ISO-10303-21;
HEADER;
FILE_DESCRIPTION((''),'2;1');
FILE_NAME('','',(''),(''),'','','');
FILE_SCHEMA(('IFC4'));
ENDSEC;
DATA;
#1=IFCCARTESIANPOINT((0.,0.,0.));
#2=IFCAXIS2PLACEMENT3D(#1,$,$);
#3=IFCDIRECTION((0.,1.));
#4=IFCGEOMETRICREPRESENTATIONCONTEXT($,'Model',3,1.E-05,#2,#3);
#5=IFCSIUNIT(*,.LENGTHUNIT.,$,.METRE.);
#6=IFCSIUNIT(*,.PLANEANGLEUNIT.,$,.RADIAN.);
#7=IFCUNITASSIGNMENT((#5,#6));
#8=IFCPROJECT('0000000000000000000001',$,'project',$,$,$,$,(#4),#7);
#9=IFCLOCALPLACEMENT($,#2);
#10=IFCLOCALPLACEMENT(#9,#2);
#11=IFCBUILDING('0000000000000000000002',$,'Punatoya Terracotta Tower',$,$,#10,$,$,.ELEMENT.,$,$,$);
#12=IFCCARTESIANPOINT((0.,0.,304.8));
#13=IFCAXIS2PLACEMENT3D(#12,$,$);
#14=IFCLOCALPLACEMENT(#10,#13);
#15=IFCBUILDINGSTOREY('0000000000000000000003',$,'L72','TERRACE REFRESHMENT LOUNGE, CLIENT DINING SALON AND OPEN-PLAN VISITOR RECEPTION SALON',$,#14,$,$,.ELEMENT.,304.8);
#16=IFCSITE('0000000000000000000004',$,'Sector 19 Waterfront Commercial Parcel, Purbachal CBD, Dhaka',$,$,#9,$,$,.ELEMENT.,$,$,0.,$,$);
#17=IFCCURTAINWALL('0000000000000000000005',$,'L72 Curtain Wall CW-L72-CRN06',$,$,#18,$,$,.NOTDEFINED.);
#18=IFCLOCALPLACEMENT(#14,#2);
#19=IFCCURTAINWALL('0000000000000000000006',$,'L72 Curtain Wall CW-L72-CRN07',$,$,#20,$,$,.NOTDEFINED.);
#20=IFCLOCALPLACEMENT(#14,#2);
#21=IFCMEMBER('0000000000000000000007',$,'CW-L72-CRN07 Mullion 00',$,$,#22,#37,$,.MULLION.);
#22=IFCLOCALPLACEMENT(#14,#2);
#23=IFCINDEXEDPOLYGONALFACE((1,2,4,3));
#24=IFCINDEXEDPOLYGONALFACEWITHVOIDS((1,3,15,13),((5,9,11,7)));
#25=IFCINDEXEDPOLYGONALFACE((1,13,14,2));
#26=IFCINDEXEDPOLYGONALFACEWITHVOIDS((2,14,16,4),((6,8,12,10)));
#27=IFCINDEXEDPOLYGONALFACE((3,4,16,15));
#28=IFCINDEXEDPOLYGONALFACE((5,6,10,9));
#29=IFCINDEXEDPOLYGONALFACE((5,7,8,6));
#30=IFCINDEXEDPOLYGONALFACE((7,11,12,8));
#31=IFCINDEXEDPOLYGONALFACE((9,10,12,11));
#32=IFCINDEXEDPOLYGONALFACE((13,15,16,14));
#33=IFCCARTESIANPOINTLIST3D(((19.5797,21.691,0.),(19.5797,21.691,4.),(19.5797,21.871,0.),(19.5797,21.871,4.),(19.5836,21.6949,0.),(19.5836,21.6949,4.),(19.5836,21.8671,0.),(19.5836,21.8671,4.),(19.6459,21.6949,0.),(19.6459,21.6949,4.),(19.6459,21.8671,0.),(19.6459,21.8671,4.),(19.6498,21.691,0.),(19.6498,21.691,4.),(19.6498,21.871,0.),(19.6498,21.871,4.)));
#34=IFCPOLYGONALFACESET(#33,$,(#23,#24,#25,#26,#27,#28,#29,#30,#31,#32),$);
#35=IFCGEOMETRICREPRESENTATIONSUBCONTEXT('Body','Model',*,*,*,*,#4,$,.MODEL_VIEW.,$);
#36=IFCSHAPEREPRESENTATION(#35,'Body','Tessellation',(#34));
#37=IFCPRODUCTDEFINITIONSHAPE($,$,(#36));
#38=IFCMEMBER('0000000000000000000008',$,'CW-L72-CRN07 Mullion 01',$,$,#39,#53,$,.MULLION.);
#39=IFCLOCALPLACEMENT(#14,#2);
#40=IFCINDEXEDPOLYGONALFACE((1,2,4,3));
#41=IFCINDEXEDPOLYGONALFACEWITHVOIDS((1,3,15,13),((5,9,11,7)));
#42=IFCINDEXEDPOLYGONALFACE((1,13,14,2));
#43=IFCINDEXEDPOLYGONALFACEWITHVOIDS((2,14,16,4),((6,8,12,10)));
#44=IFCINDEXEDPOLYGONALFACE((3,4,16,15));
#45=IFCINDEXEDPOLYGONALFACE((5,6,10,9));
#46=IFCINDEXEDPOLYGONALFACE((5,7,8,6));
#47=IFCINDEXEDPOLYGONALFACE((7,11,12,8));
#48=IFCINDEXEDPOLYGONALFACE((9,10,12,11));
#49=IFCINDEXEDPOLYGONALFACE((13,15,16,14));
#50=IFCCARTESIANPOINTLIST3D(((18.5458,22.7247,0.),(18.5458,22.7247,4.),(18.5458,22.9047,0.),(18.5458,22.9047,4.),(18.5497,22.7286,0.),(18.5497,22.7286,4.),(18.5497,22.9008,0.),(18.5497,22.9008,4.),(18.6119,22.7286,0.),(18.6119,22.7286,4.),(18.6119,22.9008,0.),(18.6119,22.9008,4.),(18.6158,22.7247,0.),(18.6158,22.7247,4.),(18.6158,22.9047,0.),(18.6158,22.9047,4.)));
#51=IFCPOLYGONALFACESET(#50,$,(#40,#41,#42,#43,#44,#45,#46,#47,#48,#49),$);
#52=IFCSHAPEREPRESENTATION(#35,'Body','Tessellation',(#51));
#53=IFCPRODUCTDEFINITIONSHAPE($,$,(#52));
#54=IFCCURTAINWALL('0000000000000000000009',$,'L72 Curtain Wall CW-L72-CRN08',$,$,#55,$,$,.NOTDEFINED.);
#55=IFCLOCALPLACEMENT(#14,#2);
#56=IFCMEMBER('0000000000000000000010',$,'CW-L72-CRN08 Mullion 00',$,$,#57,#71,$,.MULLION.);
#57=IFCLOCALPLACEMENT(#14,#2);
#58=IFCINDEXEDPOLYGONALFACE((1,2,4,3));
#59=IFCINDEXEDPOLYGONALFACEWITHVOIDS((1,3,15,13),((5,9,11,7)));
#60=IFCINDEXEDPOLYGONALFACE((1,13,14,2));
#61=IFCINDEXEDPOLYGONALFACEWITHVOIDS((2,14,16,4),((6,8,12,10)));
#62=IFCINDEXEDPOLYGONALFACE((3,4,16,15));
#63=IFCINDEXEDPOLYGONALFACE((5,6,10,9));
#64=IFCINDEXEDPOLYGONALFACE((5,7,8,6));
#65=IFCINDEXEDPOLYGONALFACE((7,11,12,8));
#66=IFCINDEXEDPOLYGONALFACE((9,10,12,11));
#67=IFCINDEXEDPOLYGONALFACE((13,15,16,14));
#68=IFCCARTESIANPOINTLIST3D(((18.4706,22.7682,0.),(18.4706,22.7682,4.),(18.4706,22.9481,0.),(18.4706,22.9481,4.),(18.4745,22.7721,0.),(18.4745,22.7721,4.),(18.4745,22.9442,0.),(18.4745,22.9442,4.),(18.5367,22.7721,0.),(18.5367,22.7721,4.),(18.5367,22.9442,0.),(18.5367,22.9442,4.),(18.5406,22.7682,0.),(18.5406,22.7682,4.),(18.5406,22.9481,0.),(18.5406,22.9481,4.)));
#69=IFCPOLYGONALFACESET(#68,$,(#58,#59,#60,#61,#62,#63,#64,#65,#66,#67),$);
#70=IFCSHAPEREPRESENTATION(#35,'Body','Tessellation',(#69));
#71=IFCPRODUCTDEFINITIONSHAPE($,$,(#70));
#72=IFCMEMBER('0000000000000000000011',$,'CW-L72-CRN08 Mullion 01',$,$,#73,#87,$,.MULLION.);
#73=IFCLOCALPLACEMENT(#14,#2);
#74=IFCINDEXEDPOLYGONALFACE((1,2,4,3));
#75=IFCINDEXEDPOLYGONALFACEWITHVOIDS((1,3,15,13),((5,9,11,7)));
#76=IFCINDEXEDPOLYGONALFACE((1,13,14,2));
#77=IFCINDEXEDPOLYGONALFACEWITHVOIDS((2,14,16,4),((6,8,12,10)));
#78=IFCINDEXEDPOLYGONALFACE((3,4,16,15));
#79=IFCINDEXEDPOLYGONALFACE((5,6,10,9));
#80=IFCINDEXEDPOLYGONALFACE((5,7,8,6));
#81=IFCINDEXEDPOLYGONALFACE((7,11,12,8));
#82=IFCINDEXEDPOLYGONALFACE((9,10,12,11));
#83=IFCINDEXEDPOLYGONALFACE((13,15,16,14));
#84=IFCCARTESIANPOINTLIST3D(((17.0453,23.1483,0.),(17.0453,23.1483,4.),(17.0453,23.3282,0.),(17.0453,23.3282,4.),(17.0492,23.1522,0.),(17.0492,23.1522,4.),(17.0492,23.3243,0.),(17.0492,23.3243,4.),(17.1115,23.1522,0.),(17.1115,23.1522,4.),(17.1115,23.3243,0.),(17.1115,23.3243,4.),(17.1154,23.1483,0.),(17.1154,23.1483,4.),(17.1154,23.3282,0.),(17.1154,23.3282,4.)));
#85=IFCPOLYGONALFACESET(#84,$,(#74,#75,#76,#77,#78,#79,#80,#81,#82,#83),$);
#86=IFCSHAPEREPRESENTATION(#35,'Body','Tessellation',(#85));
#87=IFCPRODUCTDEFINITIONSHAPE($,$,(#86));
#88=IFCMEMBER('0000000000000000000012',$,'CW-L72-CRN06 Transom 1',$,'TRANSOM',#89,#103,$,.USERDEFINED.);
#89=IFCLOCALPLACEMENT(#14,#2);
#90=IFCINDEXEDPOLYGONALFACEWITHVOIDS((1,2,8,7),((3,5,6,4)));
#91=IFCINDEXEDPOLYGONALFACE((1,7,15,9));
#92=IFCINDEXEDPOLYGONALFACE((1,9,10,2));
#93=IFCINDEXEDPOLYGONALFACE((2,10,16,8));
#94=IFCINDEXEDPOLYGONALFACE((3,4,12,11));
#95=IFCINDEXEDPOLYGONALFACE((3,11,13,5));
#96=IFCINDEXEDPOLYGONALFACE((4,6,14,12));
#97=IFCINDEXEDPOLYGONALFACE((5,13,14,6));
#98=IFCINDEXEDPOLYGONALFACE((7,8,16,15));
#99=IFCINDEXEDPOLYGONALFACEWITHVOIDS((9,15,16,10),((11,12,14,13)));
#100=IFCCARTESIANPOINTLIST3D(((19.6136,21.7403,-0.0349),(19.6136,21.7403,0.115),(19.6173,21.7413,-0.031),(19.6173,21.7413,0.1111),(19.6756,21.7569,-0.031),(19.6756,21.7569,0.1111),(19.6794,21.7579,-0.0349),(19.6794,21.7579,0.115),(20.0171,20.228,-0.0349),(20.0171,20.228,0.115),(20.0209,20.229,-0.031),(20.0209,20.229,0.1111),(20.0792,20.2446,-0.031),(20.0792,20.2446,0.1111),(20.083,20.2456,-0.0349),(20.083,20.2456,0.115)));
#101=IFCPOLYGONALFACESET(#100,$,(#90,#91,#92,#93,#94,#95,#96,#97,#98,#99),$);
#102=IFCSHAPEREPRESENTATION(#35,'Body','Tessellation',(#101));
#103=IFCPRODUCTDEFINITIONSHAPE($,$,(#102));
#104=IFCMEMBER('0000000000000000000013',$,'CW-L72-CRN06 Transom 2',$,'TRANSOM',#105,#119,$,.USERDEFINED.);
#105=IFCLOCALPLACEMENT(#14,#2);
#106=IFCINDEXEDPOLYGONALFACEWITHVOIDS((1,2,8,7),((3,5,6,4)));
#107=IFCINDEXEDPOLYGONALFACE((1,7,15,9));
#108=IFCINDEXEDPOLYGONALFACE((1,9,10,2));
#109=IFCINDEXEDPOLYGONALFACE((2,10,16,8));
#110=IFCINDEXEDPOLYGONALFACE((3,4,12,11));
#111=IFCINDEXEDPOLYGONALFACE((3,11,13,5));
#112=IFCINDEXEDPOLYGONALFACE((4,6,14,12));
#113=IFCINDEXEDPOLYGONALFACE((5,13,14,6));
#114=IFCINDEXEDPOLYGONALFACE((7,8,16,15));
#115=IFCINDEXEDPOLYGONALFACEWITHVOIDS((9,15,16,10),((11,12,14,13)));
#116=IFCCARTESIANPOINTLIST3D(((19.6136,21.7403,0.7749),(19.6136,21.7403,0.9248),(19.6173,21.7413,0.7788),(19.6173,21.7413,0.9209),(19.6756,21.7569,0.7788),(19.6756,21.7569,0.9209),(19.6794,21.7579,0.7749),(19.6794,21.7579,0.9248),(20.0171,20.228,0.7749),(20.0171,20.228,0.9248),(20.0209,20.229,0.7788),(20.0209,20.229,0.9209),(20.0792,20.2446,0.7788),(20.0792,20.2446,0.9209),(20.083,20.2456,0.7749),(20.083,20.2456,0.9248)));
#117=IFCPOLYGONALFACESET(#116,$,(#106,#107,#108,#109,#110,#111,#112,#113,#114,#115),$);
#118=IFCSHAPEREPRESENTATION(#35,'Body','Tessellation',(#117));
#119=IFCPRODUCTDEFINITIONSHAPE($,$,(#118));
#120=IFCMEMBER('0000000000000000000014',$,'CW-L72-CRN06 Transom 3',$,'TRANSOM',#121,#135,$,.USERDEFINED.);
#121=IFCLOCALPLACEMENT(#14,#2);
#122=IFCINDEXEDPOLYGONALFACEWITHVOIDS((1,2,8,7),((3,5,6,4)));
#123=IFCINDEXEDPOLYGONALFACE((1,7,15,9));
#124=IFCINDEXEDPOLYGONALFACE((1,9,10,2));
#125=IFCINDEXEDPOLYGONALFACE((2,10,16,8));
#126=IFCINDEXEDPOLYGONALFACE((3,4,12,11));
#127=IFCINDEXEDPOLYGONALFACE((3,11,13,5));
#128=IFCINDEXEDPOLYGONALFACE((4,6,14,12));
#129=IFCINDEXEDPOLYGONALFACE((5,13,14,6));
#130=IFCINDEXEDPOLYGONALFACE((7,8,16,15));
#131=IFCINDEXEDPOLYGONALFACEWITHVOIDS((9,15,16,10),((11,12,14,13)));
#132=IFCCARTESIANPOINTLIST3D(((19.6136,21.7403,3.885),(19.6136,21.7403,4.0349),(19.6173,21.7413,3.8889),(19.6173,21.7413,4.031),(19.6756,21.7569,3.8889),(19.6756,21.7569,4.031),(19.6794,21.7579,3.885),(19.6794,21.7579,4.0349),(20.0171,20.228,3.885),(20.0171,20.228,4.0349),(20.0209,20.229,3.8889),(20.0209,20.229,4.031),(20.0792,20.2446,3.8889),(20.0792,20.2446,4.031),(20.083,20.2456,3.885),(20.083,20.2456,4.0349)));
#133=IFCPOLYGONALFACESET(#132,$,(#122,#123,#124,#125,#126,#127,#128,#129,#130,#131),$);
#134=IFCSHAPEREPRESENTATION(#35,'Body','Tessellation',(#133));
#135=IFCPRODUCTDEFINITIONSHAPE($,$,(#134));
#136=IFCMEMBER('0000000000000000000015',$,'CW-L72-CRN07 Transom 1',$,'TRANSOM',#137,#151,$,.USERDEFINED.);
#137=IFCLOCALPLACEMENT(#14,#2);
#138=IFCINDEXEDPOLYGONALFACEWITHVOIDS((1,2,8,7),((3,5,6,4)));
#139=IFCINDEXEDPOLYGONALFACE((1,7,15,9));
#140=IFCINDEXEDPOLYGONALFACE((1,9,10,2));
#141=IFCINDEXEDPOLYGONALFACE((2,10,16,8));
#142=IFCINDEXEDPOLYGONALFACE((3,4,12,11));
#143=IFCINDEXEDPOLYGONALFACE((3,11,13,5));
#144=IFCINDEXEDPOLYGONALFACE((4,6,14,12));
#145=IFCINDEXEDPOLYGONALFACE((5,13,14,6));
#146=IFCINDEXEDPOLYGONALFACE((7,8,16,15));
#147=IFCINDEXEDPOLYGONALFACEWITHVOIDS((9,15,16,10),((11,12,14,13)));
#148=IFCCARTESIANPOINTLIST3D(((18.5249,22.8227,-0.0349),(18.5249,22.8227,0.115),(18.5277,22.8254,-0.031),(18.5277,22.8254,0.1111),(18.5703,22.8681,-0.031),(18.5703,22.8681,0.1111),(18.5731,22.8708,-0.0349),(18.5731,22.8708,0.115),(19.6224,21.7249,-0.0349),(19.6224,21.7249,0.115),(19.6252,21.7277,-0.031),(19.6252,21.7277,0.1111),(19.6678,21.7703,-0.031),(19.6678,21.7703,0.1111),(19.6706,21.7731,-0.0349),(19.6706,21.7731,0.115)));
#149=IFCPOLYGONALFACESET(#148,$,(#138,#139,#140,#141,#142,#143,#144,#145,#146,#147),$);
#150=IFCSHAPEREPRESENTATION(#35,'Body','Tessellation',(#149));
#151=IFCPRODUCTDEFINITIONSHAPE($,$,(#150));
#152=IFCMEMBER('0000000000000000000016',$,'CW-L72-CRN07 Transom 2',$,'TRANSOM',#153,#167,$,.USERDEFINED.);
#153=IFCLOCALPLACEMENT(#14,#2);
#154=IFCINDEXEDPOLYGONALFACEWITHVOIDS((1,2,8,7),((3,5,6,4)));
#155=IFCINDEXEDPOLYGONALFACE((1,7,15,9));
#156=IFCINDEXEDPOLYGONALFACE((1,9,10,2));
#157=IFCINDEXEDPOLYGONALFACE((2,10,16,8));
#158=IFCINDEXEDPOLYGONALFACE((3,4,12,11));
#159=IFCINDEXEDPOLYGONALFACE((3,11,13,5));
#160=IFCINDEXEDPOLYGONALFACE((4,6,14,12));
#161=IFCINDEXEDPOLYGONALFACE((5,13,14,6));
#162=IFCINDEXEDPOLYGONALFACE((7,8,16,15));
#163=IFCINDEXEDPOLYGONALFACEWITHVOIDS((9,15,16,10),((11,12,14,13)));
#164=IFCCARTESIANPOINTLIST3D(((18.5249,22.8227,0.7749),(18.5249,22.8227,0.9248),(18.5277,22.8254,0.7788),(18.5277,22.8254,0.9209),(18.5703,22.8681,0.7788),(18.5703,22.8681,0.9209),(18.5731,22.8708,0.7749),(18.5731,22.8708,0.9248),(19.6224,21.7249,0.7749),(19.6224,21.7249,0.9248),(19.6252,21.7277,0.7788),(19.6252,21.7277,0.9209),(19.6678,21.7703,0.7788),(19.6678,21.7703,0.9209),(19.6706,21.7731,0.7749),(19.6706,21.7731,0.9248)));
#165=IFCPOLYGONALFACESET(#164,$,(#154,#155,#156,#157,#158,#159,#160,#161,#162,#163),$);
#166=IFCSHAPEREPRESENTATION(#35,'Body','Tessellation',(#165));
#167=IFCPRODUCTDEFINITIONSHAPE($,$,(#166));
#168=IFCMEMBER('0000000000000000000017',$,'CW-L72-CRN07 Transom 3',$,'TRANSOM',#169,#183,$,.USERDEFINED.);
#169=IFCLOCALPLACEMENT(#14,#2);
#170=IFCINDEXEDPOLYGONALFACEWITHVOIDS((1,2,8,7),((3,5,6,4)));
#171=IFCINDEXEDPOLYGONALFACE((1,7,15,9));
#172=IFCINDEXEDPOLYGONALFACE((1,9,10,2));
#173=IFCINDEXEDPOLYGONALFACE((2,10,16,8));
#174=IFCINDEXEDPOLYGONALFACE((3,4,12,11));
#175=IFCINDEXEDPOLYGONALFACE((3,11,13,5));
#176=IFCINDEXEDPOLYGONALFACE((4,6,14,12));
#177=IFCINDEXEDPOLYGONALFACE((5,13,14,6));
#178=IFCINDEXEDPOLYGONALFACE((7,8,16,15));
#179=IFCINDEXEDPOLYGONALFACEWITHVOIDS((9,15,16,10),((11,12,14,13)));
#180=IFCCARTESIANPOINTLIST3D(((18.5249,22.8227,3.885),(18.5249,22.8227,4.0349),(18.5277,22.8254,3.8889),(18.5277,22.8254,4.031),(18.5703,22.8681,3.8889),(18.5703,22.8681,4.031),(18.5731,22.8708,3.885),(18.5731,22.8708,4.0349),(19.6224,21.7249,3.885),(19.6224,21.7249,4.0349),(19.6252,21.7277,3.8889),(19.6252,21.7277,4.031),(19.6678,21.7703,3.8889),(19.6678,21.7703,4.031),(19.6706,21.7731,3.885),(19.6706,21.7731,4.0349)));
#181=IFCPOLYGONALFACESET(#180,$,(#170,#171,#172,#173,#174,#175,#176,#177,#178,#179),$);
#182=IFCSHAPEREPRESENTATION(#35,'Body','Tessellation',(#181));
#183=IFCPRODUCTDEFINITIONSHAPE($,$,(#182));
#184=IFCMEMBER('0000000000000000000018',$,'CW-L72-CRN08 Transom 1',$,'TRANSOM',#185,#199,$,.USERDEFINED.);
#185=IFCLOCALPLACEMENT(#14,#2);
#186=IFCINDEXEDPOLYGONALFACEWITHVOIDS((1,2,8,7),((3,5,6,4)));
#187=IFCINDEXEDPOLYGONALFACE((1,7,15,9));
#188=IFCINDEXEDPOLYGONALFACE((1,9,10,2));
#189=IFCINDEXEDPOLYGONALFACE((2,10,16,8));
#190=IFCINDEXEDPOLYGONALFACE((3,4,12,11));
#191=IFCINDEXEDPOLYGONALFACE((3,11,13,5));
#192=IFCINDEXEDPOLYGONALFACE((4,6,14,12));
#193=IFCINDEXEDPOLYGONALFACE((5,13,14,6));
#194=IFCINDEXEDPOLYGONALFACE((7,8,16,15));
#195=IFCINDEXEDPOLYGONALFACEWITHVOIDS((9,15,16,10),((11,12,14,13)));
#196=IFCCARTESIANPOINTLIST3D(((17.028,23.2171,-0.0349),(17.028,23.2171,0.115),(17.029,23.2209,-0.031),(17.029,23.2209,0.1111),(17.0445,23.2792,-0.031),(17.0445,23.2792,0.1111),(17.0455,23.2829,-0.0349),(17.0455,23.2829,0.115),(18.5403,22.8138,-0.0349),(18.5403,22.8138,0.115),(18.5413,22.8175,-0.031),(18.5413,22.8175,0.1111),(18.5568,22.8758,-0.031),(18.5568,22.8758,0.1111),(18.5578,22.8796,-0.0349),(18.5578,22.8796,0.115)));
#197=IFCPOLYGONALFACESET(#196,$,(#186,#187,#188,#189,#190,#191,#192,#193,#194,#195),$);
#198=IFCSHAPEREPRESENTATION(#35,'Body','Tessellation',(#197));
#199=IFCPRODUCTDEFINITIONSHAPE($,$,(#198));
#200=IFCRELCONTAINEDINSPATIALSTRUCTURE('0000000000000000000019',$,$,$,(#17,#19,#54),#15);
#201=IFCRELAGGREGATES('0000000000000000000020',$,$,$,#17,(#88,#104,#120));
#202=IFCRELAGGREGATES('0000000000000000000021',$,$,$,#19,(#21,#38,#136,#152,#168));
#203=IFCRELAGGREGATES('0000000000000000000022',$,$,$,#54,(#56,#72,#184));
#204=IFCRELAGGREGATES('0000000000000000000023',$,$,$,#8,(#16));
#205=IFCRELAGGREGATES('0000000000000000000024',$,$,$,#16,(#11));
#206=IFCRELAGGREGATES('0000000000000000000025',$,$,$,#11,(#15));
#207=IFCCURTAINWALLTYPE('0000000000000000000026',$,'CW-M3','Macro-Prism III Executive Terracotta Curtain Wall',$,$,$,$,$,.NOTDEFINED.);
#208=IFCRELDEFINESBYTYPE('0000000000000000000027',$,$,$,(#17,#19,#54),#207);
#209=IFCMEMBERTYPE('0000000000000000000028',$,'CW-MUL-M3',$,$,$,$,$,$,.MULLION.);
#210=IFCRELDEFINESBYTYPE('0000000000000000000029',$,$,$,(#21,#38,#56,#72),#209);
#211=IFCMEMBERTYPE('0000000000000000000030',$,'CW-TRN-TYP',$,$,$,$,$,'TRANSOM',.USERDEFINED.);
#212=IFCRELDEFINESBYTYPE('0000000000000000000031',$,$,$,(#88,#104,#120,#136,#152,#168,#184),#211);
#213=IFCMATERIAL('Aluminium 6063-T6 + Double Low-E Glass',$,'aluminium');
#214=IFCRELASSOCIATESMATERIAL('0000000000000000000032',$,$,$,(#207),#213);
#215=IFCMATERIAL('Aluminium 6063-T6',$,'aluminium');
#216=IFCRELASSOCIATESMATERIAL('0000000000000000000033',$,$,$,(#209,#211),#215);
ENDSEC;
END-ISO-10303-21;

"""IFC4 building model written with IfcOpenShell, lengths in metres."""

from ifc_helpers import new_model, si_unit, direction, frame, origin, origin_2d, place, context, subcontext, project, spatial, hollow_rectangle, extrude, material, material_profile, profile_set, type_object, element, aggregate, save


model = new_model("IFC4")

# Units and contexts
model_context = context("Model", 3, precision=1e-05, world=origin(), true_north=direction((0.0, 1.0)))
body_context = subcontext(model_context, "Body", "Model", "MODEL_VIEW")
ifc_project = project(units=[si_unit("LENGTHUNIT", "METRE"), si_unit("PLANEANGLEUNIT", "RADIAN")], contexts=[model_context])

# Site, building, storey
site_placement = place(None, origin())
site = spatial("IfcSite", under=ifc_project, at=site_placement, Name="Sector 19 Waterfront Commercial Parcel, Purbachal CBD, Dhaka", CompositionType="ELEMENT", RefElevation=0.0)
building_placement = place(site_placement, origin())
building = spatial("IfcBuilding", under=site, at=building_placement, Name="Punatoya Terracotta Tower", CompositionType="ELEMENT")
storey_placement = place(building_placement, frame((0.0, 0.0, 304.8)))
storey = spatial("IfcBuildingStorey", under=building, at=storey_placement, Name="L72", Description="TERRACE REFRESHMENT LOUNGE, CLIENT DINING SALON AND OPEN-PLAN VISITOR RECEPTION SALON", CompositionType="ELEMENT", Elevation=304.8)

# Curtain walls, members
ifc_material_1 = material(Name="Aluminium 6063-T6 + Double Low-E Glass", Category="aluminium")
curtain_wall_type = type_object("IfcCurtainWallType", Name="CW-M3", Description="Macro-Prism III Executive Terracotta Curtain Wall", PredefinedType="NOTDEFINED", material=ifc_material_1)
ifc_material_2 = material(Name="Aluminium 6063-T6", Category="aluminium")
ifc_material_profile_1 = material_profile(ifc_material_2, hollow_rectangle(XDim=0.0701, YDim=0.1799, WallThickness=0.0039, at=origin_2d()))
ifc_profile_set_1 = profile_set([ifc_material_profile_1], Name="Aluminium 6063-T6")
member_type_1 = type_object("IfcMemberType", Name="CW-MUL-M3", PredefinedType="MULLION", material=ifc_profile_set_1)
curtain_wall_1_placement = place(storey_placement, origin())
curtain_wall_1 = element("IfcCurtainWall", 1, at=curtain_wall_1_placement, inside=storey, type_object=curtain_wall_type, Name="L72 Curtain Wall CW-L72-CRN06", PredefinedType="NOTDEFINED")
curtain_wall_2_placement = place(storey_placement, origin())
curtain_wall_2 = element("IfcCurtainWall", 2, at=curtain_wall_2_placement, inside=storey, type_object=curtain_wall_type, Name="L72 Curtain Wall CW-L72-CRN07", PredefinedType="NOTDEFINED")
member_1_placement = place(storey_placement, frame((19.6147, 21.781, 0.0), z_axis=(0.0, 0.0, 1.0), x_axis=(1.0, 0.0, 0.0)))
member_1 = element("IfcMember", 3, at=member_1_placement, type_object=member_type_1, Name="CW-L72-CRN07 Mullion 00", PredefinedType="MULLION", context=body_context, shape_type="SweptSolid", body=[
    extrude(hollow_rectangle(XDim=0.0701, YDim=0.1799, WallThickness=0.0039, at=origin_2d()), origin(), (0.0, 0.0, 1.0), 4.0),
])
member_2_placement = place(storey_placement, frame((18.5808, 22.8147, 0.0), z_axis=(0.0, 0.0, 1.0), x_axis=(1.0, 0.0, 0.0)))
member_2 = element("IfcMember", 4, at=member_2_placement, type_object=member_type_1, Name="CW-L72-CRN07 Mullion 01", PredefinedType="MULLION", context=body_context, shape_type="SweptSolid", body=[
    extrude(hollow_rectangle(XDim=0.0701, YDim=0.1799, WallThickness=0.0039, at=origin_2d()), origin(), (0.0, 0.0, 1.0), 4.0),
])
curtain_wall_3_placement = place(storey_placement, origin())
curtain_wall_3 = element("IfcCurtainWall", 5, at=curtain_wall_3_placement, inside=storey, type_object=curtain_wall_type, Name="L72 Curtain Wall CW-L72-CRN08", PredefinedType="NOTDEFINED")
member_3_placement = place(storey_placement, frame((18.5056, 22.8582, 0.0), z_axis=(0.0, 0.0, 1.0), x_axis=(1.0, 0.0, 0.0)))
member_3 = element("IfcMember", 6, at=member_3_placement, type_object=member_type_1, Name="CW-L72-CRN08 Mullion 00", PredefinedType="MULLION", context=body_context, shape_type="SweptSolid", body=[
    extrude(hollow_rectangle(XDim=0.0701, YDim=0.1799, WallThickness=0.0039, at=origin_2d()), origin(), (0.0, 0.0, 1.0), 4.0),
])
member_4_placement = place(storey_placement, frame((17.0803, 23.2383, 0.0), z_axis=(0.0, 0.0, 1.0), x_axis=(1.0, 0.0, 0.0)))
member_4 = element("IfcMember", 7, at=member_4_placement, type_object=member_type_1, Name="CW-L72-CRN08 Mullion 01", PredefinedType="MULLION", context=body_context, shape_type="SweptSolid", body=[
    extrude(hollow_rectangle(XDim=0.0701, YDim=0.1799, WallThickness=0.0039, at=origin_2d()), origin(), (0.0, 0.0, 1.0), 4.0),
])

# Members
ifc_material_profile_2 = material_profile(ifc_material_2, hollow_rectangle(XDim=0.0681, YDim=0.1499, WallThickness=0.0039, at=origin_2d()))
ifc_profile_set_2 = profile_set([ifc_material_profile_2], Name="Aluminium 6063-T6")
member_type_2 = type_object("IfcMemberType", Name="CW-TRN-TYP", ElementType="TRANSOM", PredefinedType="USERDEFINED", material=ifc_profile_set_2)
member_5_placement = place(storey_placement, frame((20.05, 20.2368, 0.04), z_axis=(-0.257847, 0.966186, 0.0), x_axis=(-0.966186, -0.257847, 0.0)))
member_5 = element("IfcMember", 8, at=member_5_placement, type_object=member_type_2, Name="CW-L72-CRN06 Transom 1", ObjectType="TRANSOM", PredefinedType="USERDEFINED", context=body_context, shape_type="SweptSolid", body=[
    extrude(hollow_rectangle(XDim=0.0681, YDim=0.1499, WallThickness=0.0039, at=origin_2d()), origin(), (0.0, 0.0, 1.0), 1.5652),
])
member_6_placement = place(storey_placement, frame((20.05, 20.2368, 0.8499), z_axis=(-0.257847, 0.966186, 0.0), x_axis=(-0.966186, -0.257847, 0.0)))
member_6 = element("IfcMember", 9, at=member_6_placement, type_object=member_type_2, Name="CW-L72-CRN06 Transom 2", ObjectType="TRANSOM", PredefinedType="USERDEFINED", context=body_context, shape_type="SweptSolid", body=[
    extrude(hollow_rectangle(XDim=0.0681, YDim=0.1499, WallThickness=0.0039, at=origin_2d()), origin(), (0.0, 0.0, 1.0), 1.5652),
])
member_7_placement = place(storey_placement, frame((20.05, 20.2368, 3.96), z_axis=(-0.257847, 0.966186, 0.0), x_axis=(-0.966186, -0.257847, 0.0)))
member_7 = element("IfcMember", 10, at=member_7_placement, type_object=member_type_2, Name="CW-L72-CRN06 Transom 3", ObjectType="TRANSOM", PredefinedType="USERDEFINED", context=body_context, shape_type="SweptSolid", body=[
    extrude(hollow_rectangle(XDim=0.0681, YDim=0.1499, WallThickness=0.0039, at=origin_2d()), origin(), (0.0, 0.0, 1.0), 1.5652),
])
member_8_placement = place(storey_placement, frame((19.6465, 21.749, 0.04), z_axis=(-0.707028, 0.707185, 0.0), x_axis=(-0.707185, -0.707028, 0.0)))
member_8 = element("IfcMember", 11, at=member_8_placement, type_object=member_type_2, Name="CW-L72-CRN07 Transom 1", ObjectType="TRANSOM", PredefinedType="USERDEFINED", context=body_context, shape_type="SweptSolid", body=[
    extrude(hollow_rectangle(XDim=0.0681, YDim=0.1499, WallThickness=0.0039, at=origin_2d()), origin(), (0.0, 0.0, 1.0), 1.5522),
])
member_9_placement = place(storey_placement, frame((19.6465, 21.749, 0.8499), z_axis=(-0.707028, 0.707185, 0.0), x_axis=(-0.707185, -0.707028, 0.0)))
member_9 = element("IfcMember", 12, at=member_9_placement, type_object=member_type_2, Name="CW-L72-CRN07 Transom 2", ObjectType="TRANSOM", PredefinedType="USERDEFINED", context=body_context, shape_type="SweptSolid", body=[
    extrude(hollow_rectangle(XDim=0.0681, YDim=0.1499, WallThickness=0.0039, at=origin_2d()), origin(), (0.0, 0.0, 1.0), 1.5522),
])
member_10_placement = place(storey_placement, frame((19.6465, 21.749, 3.96), z_axis=(-0.707028, 0.707185, 0.0), x_axis=(-0.707185, -0.707028, 0.0)))
member_10 = element("IfcMember", 13, at=member_10_placement, type_object=member_type_2, Name="CW-L72-CRN07 Transom 3", ObjectType="TRANSOM", PredefinedType="USERDEFINED", context=body_context, shape_type="SweptSolid", body=[
    extrude(hollow_rectangle(XDim=0.0681, YDim=0.1499, WallThickness=0.0039, at=origin_2d()), origin(), (0.0, 0.0, 1.0), 1.5522),
])
member_11_placement = place(storey_placement, frame((18.5491, 22.8467, 0.04), z_axis=(-0.966225, 0.257701, 0.0), x_axis=(-0.257701, -0.966225, 0.0)))
member_11 = element("IfcMember", 14, at=member_11_placement, type_object=member_type_2, Name="CW-L72-CRN08 Transom 1", ObjectType="TRANSOM", PredefinedType="USERDEFINED", context=body_context, shape_type="SweptSolid", body=[
    extrude(hollow_rectangle(XDim=0.0681, YDim=0.1499, WallThickness=0.0039, at=origin_2d()), origin(), (0.0, 0.0, 1.0), 1.5652),
])

aggregate(curtain_wall_1, [member_5, member_6, member_7])
aggregate(curtain_wall_2, [member_1, member_2, member_8, member_9, member_10])
aggregate(curtain_wall_3, [member_3, member_4, member_11])

save(model, "model.ifc")
